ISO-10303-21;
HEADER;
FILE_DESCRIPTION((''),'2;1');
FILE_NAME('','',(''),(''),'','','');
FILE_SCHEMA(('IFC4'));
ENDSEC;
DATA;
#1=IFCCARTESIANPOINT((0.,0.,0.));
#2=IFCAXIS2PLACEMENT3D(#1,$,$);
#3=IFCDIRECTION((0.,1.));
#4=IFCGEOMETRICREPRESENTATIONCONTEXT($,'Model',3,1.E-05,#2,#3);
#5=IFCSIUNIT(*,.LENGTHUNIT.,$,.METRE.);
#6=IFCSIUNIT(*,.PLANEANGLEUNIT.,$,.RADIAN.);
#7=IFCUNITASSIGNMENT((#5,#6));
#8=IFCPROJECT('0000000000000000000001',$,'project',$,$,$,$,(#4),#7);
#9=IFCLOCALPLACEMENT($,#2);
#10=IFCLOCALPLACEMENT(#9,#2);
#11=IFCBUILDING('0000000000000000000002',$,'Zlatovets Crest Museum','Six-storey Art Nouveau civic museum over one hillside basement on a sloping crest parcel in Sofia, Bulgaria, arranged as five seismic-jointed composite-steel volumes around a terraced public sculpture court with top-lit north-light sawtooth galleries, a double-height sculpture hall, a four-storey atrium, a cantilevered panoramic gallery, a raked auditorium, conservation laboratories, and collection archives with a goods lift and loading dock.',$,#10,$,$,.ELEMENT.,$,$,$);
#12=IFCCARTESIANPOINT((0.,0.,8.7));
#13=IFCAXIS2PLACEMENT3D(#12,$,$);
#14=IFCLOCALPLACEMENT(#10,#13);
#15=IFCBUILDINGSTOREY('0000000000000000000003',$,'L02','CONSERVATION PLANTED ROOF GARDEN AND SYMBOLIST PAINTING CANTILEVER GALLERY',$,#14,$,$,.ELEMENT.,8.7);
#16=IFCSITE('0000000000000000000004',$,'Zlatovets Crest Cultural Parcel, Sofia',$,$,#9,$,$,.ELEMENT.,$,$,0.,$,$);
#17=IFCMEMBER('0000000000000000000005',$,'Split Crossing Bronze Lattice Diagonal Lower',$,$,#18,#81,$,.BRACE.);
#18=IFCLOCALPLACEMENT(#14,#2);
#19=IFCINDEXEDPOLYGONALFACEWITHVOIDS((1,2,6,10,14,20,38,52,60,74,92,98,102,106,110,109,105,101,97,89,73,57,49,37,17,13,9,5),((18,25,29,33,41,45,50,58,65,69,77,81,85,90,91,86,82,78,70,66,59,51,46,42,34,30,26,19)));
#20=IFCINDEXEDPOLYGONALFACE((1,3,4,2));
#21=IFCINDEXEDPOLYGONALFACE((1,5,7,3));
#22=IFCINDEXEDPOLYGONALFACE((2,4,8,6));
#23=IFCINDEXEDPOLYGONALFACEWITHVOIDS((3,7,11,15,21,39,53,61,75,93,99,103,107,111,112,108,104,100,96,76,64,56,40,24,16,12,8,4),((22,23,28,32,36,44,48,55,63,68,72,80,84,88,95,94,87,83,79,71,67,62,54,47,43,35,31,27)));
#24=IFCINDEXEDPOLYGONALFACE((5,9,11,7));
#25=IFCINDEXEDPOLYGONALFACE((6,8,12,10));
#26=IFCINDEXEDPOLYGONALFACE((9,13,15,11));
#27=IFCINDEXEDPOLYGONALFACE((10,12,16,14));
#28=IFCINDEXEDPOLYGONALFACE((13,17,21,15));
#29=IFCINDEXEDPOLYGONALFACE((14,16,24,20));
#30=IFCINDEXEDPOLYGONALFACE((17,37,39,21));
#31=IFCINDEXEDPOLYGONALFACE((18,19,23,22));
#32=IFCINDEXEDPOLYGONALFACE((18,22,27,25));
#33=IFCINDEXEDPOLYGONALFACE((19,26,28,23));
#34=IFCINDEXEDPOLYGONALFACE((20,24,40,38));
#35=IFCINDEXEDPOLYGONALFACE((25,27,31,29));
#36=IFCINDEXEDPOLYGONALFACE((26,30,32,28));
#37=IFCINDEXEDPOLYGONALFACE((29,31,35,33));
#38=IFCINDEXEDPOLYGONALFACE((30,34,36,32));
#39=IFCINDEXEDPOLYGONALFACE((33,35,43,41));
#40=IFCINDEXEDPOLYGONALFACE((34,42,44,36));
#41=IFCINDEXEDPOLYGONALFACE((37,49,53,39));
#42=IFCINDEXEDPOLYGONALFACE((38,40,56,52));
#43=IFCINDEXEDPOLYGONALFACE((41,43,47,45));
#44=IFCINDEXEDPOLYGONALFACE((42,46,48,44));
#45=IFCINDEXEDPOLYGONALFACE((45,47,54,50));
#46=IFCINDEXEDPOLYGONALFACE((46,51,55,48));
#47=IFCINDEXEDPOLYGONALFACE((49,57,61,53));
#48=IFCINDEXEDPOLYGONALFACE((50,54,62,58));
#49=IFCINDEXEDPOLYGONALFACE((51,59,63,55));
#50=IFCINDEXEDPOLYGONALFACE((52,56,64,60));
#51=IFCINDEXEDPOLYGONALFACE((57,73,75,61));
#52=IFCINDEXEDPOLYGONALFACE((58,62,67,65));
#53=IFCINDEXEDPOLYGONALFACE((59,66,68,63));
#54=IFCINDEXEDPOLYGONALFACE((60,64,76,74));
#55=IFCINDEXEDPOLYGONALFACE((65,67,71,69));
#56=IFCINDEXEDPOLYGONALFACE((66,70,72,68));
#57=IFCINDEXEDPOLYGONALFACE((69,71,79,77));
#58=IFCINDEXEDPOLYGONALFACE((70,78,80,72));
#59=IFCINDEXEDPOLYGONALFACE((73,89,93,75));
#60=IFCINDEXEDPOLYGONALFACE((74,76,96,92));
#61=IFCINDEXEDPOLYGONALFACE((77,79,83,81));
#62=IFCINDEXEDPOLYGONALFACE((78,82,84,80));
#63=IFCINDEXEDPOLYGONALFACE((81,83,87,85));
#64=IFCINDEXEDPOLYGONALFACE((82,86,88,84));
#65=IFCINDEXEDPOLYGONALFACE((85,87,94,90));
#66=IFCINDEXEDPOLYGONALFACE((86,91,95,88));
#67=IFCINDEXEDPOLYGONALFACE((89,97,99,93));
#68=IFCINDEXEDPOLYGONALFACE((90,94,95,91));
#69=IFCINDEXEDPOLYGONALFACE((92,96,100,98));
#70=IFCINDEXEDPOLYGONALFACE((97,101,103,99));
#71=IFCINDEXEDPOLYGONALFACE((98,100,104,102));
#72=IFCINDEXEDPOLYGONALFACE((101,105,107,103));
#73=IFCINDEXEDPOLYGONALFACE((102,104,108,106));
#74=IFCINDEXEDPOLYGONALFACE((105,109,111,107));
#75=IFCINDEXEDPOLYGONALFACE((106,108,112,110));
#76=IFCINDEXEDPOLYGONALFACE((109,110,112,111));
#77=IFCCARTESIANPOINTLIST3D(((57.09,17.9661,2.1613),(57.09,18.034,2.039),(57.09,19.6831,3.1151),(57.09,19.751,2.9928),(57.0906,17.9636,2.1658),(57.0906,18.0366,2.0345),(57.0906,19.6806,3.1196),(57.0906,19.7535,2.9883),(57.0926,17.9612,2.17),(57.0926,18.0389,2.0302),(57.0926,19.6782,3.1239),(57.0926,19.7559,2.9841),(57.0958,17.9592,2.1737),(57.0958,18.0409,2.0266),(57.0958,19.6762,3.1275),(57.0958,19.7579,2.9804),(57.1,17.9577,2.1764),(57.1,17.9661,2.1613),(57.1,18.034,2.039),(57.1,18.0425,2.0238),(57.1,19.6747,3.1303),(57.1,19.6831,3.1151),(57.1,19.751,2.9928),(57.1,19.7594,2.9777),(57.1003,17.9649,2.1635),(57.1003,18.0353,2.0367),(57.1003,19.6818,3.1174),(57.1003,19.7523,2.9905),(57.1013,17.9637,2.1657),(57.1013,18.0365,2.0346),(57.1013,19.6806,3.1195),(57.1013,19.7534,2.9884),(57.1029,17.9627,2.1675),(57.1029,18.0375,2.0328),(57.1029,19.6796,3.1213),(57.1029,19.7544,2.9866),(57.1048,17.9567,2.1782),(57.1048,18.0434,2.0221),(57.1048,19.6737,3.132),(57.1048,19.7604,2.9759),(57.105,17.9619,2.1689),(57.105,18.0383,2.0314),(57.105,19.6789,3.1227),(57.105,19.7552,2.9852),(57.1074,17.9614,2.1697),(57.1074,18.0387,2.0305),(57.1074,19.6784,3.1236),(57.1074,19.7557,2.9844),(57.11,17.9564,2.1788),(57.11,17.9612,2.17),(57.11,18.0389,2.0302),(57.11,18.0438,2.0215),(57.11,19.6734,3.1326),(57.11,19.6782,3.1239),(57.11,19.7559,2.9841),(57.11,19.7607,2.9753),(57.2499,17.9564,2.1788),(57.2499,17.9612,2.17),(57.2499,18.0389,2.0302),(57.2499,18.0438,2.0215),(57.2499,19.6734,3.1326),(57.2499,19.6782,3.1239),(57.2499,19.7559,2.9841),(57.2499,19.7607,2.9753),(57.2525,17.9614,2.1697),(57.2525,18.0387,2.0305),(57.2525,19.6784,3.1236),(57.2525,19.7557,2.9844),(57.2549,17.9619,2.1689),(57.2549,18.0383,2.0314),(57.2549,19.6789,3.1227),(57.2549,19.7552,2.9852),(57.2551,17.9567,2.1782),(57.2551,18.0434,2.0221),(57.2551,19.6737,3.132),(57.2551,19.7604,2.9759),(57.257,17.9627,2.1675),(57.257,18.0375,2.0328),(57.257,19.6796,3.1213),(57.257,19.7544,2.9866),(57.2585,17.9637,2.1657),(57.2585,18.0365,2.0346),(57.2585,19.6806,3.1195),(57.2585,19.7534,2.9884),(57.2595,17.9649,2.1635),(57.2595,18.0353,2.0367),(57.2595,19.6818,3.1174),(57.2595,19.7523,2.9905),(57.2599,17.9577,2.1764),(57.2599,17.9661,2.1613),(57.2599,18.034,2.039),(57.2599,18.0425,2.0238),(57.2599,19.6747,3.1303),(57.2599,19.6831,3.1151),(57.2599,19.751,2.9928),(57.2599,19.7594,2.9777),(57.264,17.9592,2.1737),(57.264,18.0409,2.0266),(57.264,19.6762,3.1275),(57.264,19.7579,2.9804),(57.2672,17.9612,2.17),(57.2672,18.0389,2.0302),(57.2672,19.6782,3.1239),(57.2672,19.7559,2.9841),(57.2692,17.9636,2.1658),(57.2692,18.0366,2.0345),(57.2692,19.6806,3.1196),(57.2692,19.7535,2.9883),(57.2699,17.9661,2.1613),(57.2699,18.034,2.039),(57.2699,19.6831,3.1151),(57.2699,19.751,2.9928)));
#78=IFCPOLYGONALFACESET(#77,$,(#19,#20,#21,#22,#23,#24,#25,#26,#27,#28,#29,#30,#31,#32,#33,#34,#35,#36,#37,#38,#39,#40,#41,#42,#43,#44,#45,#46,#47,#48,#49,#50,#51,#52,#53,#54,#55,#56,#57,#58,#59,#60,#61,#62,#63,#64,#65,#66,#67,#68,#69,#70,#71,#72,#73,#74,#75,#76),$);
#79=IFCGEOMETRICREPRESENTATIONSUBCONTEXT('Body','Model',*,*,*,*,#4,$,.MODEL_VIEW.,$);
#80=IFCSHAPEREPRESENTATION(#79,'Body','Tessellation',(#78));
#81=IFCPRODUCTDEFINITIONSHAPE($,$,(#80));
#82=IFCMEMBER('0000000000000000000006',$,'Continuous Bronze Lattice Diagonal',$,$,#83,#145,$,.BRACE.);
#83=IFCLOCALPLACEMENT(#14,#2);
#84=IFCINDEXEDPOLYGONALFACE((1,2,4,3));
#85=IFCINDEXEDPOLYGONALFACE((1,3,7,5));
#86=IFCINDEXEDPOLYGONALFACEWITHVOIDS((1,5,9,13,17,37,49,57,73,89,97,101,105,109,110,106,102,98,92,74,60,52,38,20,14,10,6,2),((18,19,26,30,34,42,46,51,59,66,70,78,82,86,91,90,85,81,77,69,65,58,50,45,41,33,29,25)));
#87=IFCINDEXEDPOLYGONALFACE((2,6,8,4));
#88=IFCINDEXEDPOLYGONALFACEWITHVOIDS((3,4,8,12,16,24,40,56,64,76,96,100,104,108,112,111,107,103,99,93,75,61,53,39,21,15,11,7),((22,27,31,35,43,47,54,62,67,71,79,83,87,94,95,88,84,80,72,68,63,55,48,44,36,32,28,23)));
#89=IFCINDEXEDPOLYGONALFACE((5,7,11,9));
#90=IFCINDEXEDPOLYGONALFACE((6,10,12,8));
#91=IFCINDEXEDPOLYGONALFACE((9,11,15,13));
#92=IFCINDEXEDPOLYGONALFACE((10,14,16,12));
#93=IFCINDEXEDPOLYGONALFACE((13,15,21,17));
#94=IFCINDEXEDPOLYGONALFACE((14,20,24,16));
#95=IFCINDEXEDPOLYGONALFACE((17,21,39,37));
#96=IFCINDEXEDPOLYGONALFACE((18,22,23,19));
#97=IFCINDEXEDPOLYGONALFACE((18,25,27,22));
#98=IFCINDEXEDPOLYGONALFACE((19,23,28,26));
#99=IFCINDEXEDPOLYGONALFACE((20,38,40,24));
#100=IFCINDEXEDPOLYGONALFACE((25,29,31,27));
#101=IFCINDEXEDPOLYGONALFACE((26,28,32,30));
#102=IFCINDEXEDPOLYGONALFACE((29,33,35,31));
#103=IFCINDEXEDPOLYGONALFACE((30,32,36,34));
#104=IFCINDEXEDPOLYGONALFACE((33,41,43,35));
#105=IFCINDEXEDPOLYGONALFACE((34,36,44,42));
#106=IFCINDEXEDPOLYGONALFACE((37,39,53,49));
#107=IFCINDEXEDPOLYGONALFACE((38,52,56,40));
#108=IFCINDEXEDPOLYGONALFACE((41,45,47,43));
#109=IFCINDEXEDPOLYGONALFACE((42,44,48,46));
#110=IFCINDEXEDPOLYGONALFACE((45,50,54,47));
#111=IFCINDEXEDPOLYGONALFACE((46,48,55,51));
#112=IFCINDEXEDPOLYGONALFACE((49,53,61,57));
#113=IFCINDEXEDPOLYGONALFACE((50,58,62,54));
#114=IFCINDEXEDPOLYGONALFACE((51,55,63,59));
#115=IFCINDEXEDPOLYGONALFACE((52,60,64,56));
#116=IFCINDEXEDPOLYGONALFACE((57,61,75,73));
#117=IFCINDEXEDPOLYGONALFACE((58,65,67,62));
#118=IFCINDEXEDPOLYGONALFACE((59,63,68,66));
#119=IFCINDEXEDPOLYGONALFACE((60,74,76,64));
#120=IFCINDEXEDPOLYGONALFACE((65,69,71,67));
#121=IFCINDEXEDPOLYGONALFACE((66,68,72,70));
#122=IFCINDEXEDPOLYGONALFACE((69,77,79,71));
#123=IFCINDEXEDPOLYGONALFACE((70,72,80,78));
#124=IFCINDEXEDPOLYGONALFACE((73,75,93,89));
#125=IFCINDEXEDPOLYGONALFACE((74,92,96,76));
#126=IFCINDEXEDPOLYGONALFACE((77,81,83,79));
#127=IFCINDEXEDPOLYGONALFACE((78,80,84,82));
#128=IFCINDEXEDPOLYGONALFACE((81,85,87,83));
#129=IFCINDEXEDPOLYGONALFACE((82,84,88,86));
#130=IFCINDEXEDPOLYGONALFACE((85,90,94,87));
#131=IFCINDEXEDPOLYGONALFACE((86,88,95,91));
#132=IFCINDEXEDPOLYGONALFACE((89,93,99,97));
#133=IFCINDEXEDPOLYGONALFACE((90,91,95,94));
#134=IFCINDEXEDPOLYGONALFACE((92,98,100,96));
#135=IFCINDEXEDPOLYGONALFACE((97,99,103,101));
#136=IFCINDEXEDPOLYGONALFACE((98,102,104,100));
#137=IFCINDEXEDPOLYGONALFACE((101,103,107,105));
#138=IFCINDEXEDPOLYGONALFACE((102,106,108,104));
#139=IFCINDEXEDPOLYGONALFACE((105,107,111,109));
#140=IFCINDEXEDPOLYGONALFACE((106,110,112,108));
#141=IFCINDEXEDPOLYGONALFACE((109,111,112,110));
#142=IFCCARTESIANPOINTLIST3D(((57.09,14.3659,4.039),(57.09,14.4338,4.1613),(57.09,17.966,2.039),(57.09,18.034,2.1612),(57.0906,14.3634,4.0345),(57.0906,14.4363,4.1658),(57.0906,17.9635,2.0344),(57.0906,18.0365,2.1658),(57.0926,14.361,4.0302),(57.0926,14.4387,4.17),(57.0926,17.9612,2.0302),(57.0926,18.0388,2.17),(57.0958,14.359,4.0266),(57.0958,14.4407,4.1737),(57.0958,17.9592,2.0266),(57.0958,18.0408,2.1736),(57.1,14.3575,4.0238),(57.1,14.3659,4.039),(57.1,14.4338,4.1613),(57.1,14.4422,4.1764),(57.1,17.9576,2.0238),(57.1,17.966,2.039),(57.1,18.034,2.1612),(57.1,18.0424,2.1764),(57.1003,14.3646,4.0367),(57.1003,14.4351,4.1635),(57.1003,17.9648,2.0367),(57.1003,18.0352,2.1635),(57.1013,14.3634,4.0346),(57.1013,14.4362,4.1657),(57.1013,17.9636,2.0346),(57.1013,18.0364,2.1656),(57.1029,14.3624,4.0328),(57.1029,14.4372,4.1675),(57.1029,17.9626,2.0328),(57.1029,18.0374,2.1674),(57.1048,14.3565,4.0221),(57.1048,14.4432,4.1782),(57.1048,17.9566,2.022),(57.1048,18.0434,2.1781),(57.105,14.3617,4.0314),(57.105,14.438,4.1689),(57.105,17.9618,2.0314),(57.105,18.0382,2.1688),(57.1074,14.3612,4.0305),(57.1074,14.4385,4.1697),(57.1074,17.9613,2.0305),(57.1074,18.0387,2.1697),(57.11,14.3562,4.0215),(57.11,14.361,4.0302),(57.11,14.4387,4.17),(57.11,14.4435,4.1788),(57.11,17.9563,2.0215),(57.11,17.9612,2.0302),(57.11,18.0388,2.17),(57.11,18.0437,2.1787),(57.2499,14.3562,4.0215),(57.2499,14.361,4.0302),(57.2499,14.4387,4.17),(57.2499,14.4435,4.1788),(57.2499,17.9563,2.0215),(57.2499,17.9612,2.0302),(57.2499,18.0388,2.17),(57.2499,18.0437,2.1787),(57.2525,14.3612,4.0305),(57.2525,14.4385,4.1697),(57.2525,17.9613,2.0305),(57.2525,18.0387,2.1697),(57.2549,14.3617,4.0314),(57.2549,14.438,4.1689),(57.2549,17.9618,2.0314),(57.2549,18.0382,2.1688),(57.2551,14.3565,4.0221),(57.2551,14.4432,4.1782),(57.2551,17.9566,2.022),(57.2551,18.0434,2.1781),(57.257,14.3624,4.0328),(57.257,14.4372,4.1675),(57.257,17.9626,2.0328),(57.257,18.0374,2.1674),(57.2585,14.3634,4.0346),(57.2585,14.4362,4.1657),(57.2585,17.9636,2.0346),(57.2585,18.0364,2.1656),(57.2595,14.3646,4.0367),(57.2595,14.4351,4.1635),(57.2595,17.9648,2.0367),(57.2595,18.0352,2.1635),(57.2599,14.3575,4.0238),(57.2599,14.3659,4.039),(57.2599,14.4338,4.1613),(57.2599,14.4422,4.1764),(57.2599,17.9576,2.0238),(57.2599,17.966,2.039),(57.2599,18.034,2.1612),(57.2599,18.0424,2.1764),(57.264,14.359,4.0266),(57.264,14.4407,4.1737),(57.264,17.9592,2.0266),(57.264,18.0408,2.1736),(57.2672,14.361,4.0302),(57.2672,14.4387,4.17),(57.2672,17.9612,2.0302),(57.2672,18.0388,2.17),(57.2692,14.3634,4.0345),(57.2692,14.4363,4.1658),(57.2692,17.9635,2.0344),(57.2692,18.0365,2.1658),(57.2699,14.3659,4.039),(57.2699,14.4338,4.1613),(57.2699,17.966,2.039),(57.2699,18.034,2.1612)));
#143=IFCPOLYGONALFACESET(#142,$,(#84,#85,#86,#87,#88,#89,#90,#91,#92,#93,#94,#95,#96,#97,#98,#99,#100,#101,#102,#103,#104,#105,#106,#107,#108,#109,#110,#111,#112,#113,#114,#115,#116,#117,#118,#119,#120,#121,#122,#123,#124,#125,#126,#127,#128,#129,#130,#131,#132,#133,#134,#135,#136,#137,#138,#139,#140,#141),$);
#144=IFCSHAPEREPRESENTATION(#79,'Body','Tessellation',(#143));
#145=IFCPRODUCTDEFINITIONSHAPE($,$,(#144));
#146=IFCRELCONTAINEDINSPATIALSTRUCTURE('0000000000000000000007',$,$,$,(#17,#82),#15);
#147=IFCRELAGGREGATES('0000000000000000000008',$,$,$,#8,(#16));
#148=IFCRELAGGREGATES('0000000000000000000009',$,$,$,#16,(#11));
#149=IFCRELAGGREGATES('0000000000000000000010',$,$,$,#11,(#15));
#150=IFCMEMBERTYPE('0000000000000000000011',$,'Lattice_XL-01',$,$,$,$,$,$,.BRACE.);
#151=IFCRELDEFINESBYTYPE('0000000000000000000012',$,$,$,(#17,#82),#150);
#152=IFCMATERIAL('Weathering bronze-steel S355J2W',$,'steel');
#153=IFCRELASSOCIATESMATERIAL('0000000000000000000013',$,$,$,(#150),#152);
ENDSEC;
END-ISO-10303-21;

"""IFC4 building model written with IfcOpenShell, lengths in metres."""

from ifc_helpers import new_model, si_unit, direction, frame, origin, origin_2d, place, context, subcontext, project, spatial, hollow_rectangle, extrude, material, material_profile, profile_set, type_object, element, save


model = new_model("IFC4")

# Units and contexts
model_context = context("Model", 3, precision=1e-05, world=origin(), true_north=direction((0.0, 1.0)))
body_context = subcontext(model_context, "Body", "Model", "MODEL_VIEW")
ifc_project = project(units=[si_unit("LENGTHUNIT", "METRE"), si_unit("PLANEANGLEUNIT", "RADIAN")], contexts=[model_context])

# Site, building, storey
site_placement = place(None, origin())
site = spatial("IfcSite", under=ifc_project, at=site_placement, Name="Zlatovets Crest Cultural Parcel, Sofia", CompositionType="ELEMENT", RefElevation=0.0)
building_placement = place(site_placement, origin())
building = spatial("IfcBuilding", under=site, at=building_placement, Name="Zlatovets Crest Museum", Description="Six-storey Art Nouveau civic museum over one hillside basement on a sloping crest parcel in Sofia, Bulgaria, arranged as five seismic-jointed composite-steel volumes around a terraced public sculpture court with top-lit north-light sawtooth galleries, a double-height sculpture hall, a four-storey atrium, a cantilevered panoramic gallery, a raked auditorium, conservation laboratories, and collection archives with a goods lift and loading dock.", CompositionType="ELEMENT")
storey_placement = place(building_placement, frame((0.0, 0.0, 8.7)))
storey = spatial("IfcBuildingStorey", under=building, at=storey_placement, Name="L02", Description="CONSERVATION PLANTED ROOF GARDEN AND SYMBOLIST PAINTING CANTILEVER GALLERY", CompositionType="ELEMENT", Elevation=8.7)

# Members
ifc_material_1 = material(Name="Weathering bronze-steel S355J2W", Category="steel")
ifc_material_profile_1 = material_profile(ifc_material_1, hollow_rectangle(XDim=0.1799, YDim=0.1799, WallThickness=0.01, InnerFilletRadius=0.01, OuterFilletRadius=0.02, at=origin_2d()), Name="SHS 180x180x10.0")
ifc_profile_set_1 = profile_set([ifc_material_profile_1], Name="Weathering bronze-steel S355J2W")
member_type_1 = type_object("IfcMemberType", Name="Lattice_XL-01", PredefinedType="BRACE", material=ifc_profile_set_1)
for number, where, z_axis, x_axis, name in (
    (1, (57.1799, 19.717, 3.054), (0.0, -0.874169, -0.485622), (1.0, 0.0, 0.0), "Split Crossing Bronze Lattice Diagonal Lower"),
):
    element("IfcMember", number, at=place(storey_placement, frame(where, z_axis=z_axis, x_axis=x_axis)), inside=storey, type_object=member_type_1, Name=name, PredefinedType="BRACE", context=body_context, shape_type="SweptSolid", body=[
        extrude(hollow_rectangle(XDim=0.1799, YDim=0.1799, WallThickness=0.01, InnerFilletRadius=0.01, OuterFilletRadius=0.02, at=origin_2d()), origin(), (0.0, 0.0, 1.0), 1.9641),
    ])
member_1_placement = place(storey_placement, frame((57.1799, 18.0, 2.1001), z_axis=(0.0, -0.874163, 0.485633), x_axis=(1.0, 0.0, 0.0)))
element("IfcMember", 2, at=member_1_placement, inside=storey, type_object=member_type_1, Name="Continuous Bronze Lattice Diagonal", PredefinedType="BRACE", context=body_context, shape_type="SweptSolid", body=[
    extrude(hollow_rectangle(XDim=0.1799, YDim=0.1799, WallThickness=0.01, InnerFilletRadius=0.01, OuterFilletRadius=0.02, at=origin_2d()), origin(), (0.0, 0.0, 1.0), 4.1184),
])

save(model, "model.ifc")
